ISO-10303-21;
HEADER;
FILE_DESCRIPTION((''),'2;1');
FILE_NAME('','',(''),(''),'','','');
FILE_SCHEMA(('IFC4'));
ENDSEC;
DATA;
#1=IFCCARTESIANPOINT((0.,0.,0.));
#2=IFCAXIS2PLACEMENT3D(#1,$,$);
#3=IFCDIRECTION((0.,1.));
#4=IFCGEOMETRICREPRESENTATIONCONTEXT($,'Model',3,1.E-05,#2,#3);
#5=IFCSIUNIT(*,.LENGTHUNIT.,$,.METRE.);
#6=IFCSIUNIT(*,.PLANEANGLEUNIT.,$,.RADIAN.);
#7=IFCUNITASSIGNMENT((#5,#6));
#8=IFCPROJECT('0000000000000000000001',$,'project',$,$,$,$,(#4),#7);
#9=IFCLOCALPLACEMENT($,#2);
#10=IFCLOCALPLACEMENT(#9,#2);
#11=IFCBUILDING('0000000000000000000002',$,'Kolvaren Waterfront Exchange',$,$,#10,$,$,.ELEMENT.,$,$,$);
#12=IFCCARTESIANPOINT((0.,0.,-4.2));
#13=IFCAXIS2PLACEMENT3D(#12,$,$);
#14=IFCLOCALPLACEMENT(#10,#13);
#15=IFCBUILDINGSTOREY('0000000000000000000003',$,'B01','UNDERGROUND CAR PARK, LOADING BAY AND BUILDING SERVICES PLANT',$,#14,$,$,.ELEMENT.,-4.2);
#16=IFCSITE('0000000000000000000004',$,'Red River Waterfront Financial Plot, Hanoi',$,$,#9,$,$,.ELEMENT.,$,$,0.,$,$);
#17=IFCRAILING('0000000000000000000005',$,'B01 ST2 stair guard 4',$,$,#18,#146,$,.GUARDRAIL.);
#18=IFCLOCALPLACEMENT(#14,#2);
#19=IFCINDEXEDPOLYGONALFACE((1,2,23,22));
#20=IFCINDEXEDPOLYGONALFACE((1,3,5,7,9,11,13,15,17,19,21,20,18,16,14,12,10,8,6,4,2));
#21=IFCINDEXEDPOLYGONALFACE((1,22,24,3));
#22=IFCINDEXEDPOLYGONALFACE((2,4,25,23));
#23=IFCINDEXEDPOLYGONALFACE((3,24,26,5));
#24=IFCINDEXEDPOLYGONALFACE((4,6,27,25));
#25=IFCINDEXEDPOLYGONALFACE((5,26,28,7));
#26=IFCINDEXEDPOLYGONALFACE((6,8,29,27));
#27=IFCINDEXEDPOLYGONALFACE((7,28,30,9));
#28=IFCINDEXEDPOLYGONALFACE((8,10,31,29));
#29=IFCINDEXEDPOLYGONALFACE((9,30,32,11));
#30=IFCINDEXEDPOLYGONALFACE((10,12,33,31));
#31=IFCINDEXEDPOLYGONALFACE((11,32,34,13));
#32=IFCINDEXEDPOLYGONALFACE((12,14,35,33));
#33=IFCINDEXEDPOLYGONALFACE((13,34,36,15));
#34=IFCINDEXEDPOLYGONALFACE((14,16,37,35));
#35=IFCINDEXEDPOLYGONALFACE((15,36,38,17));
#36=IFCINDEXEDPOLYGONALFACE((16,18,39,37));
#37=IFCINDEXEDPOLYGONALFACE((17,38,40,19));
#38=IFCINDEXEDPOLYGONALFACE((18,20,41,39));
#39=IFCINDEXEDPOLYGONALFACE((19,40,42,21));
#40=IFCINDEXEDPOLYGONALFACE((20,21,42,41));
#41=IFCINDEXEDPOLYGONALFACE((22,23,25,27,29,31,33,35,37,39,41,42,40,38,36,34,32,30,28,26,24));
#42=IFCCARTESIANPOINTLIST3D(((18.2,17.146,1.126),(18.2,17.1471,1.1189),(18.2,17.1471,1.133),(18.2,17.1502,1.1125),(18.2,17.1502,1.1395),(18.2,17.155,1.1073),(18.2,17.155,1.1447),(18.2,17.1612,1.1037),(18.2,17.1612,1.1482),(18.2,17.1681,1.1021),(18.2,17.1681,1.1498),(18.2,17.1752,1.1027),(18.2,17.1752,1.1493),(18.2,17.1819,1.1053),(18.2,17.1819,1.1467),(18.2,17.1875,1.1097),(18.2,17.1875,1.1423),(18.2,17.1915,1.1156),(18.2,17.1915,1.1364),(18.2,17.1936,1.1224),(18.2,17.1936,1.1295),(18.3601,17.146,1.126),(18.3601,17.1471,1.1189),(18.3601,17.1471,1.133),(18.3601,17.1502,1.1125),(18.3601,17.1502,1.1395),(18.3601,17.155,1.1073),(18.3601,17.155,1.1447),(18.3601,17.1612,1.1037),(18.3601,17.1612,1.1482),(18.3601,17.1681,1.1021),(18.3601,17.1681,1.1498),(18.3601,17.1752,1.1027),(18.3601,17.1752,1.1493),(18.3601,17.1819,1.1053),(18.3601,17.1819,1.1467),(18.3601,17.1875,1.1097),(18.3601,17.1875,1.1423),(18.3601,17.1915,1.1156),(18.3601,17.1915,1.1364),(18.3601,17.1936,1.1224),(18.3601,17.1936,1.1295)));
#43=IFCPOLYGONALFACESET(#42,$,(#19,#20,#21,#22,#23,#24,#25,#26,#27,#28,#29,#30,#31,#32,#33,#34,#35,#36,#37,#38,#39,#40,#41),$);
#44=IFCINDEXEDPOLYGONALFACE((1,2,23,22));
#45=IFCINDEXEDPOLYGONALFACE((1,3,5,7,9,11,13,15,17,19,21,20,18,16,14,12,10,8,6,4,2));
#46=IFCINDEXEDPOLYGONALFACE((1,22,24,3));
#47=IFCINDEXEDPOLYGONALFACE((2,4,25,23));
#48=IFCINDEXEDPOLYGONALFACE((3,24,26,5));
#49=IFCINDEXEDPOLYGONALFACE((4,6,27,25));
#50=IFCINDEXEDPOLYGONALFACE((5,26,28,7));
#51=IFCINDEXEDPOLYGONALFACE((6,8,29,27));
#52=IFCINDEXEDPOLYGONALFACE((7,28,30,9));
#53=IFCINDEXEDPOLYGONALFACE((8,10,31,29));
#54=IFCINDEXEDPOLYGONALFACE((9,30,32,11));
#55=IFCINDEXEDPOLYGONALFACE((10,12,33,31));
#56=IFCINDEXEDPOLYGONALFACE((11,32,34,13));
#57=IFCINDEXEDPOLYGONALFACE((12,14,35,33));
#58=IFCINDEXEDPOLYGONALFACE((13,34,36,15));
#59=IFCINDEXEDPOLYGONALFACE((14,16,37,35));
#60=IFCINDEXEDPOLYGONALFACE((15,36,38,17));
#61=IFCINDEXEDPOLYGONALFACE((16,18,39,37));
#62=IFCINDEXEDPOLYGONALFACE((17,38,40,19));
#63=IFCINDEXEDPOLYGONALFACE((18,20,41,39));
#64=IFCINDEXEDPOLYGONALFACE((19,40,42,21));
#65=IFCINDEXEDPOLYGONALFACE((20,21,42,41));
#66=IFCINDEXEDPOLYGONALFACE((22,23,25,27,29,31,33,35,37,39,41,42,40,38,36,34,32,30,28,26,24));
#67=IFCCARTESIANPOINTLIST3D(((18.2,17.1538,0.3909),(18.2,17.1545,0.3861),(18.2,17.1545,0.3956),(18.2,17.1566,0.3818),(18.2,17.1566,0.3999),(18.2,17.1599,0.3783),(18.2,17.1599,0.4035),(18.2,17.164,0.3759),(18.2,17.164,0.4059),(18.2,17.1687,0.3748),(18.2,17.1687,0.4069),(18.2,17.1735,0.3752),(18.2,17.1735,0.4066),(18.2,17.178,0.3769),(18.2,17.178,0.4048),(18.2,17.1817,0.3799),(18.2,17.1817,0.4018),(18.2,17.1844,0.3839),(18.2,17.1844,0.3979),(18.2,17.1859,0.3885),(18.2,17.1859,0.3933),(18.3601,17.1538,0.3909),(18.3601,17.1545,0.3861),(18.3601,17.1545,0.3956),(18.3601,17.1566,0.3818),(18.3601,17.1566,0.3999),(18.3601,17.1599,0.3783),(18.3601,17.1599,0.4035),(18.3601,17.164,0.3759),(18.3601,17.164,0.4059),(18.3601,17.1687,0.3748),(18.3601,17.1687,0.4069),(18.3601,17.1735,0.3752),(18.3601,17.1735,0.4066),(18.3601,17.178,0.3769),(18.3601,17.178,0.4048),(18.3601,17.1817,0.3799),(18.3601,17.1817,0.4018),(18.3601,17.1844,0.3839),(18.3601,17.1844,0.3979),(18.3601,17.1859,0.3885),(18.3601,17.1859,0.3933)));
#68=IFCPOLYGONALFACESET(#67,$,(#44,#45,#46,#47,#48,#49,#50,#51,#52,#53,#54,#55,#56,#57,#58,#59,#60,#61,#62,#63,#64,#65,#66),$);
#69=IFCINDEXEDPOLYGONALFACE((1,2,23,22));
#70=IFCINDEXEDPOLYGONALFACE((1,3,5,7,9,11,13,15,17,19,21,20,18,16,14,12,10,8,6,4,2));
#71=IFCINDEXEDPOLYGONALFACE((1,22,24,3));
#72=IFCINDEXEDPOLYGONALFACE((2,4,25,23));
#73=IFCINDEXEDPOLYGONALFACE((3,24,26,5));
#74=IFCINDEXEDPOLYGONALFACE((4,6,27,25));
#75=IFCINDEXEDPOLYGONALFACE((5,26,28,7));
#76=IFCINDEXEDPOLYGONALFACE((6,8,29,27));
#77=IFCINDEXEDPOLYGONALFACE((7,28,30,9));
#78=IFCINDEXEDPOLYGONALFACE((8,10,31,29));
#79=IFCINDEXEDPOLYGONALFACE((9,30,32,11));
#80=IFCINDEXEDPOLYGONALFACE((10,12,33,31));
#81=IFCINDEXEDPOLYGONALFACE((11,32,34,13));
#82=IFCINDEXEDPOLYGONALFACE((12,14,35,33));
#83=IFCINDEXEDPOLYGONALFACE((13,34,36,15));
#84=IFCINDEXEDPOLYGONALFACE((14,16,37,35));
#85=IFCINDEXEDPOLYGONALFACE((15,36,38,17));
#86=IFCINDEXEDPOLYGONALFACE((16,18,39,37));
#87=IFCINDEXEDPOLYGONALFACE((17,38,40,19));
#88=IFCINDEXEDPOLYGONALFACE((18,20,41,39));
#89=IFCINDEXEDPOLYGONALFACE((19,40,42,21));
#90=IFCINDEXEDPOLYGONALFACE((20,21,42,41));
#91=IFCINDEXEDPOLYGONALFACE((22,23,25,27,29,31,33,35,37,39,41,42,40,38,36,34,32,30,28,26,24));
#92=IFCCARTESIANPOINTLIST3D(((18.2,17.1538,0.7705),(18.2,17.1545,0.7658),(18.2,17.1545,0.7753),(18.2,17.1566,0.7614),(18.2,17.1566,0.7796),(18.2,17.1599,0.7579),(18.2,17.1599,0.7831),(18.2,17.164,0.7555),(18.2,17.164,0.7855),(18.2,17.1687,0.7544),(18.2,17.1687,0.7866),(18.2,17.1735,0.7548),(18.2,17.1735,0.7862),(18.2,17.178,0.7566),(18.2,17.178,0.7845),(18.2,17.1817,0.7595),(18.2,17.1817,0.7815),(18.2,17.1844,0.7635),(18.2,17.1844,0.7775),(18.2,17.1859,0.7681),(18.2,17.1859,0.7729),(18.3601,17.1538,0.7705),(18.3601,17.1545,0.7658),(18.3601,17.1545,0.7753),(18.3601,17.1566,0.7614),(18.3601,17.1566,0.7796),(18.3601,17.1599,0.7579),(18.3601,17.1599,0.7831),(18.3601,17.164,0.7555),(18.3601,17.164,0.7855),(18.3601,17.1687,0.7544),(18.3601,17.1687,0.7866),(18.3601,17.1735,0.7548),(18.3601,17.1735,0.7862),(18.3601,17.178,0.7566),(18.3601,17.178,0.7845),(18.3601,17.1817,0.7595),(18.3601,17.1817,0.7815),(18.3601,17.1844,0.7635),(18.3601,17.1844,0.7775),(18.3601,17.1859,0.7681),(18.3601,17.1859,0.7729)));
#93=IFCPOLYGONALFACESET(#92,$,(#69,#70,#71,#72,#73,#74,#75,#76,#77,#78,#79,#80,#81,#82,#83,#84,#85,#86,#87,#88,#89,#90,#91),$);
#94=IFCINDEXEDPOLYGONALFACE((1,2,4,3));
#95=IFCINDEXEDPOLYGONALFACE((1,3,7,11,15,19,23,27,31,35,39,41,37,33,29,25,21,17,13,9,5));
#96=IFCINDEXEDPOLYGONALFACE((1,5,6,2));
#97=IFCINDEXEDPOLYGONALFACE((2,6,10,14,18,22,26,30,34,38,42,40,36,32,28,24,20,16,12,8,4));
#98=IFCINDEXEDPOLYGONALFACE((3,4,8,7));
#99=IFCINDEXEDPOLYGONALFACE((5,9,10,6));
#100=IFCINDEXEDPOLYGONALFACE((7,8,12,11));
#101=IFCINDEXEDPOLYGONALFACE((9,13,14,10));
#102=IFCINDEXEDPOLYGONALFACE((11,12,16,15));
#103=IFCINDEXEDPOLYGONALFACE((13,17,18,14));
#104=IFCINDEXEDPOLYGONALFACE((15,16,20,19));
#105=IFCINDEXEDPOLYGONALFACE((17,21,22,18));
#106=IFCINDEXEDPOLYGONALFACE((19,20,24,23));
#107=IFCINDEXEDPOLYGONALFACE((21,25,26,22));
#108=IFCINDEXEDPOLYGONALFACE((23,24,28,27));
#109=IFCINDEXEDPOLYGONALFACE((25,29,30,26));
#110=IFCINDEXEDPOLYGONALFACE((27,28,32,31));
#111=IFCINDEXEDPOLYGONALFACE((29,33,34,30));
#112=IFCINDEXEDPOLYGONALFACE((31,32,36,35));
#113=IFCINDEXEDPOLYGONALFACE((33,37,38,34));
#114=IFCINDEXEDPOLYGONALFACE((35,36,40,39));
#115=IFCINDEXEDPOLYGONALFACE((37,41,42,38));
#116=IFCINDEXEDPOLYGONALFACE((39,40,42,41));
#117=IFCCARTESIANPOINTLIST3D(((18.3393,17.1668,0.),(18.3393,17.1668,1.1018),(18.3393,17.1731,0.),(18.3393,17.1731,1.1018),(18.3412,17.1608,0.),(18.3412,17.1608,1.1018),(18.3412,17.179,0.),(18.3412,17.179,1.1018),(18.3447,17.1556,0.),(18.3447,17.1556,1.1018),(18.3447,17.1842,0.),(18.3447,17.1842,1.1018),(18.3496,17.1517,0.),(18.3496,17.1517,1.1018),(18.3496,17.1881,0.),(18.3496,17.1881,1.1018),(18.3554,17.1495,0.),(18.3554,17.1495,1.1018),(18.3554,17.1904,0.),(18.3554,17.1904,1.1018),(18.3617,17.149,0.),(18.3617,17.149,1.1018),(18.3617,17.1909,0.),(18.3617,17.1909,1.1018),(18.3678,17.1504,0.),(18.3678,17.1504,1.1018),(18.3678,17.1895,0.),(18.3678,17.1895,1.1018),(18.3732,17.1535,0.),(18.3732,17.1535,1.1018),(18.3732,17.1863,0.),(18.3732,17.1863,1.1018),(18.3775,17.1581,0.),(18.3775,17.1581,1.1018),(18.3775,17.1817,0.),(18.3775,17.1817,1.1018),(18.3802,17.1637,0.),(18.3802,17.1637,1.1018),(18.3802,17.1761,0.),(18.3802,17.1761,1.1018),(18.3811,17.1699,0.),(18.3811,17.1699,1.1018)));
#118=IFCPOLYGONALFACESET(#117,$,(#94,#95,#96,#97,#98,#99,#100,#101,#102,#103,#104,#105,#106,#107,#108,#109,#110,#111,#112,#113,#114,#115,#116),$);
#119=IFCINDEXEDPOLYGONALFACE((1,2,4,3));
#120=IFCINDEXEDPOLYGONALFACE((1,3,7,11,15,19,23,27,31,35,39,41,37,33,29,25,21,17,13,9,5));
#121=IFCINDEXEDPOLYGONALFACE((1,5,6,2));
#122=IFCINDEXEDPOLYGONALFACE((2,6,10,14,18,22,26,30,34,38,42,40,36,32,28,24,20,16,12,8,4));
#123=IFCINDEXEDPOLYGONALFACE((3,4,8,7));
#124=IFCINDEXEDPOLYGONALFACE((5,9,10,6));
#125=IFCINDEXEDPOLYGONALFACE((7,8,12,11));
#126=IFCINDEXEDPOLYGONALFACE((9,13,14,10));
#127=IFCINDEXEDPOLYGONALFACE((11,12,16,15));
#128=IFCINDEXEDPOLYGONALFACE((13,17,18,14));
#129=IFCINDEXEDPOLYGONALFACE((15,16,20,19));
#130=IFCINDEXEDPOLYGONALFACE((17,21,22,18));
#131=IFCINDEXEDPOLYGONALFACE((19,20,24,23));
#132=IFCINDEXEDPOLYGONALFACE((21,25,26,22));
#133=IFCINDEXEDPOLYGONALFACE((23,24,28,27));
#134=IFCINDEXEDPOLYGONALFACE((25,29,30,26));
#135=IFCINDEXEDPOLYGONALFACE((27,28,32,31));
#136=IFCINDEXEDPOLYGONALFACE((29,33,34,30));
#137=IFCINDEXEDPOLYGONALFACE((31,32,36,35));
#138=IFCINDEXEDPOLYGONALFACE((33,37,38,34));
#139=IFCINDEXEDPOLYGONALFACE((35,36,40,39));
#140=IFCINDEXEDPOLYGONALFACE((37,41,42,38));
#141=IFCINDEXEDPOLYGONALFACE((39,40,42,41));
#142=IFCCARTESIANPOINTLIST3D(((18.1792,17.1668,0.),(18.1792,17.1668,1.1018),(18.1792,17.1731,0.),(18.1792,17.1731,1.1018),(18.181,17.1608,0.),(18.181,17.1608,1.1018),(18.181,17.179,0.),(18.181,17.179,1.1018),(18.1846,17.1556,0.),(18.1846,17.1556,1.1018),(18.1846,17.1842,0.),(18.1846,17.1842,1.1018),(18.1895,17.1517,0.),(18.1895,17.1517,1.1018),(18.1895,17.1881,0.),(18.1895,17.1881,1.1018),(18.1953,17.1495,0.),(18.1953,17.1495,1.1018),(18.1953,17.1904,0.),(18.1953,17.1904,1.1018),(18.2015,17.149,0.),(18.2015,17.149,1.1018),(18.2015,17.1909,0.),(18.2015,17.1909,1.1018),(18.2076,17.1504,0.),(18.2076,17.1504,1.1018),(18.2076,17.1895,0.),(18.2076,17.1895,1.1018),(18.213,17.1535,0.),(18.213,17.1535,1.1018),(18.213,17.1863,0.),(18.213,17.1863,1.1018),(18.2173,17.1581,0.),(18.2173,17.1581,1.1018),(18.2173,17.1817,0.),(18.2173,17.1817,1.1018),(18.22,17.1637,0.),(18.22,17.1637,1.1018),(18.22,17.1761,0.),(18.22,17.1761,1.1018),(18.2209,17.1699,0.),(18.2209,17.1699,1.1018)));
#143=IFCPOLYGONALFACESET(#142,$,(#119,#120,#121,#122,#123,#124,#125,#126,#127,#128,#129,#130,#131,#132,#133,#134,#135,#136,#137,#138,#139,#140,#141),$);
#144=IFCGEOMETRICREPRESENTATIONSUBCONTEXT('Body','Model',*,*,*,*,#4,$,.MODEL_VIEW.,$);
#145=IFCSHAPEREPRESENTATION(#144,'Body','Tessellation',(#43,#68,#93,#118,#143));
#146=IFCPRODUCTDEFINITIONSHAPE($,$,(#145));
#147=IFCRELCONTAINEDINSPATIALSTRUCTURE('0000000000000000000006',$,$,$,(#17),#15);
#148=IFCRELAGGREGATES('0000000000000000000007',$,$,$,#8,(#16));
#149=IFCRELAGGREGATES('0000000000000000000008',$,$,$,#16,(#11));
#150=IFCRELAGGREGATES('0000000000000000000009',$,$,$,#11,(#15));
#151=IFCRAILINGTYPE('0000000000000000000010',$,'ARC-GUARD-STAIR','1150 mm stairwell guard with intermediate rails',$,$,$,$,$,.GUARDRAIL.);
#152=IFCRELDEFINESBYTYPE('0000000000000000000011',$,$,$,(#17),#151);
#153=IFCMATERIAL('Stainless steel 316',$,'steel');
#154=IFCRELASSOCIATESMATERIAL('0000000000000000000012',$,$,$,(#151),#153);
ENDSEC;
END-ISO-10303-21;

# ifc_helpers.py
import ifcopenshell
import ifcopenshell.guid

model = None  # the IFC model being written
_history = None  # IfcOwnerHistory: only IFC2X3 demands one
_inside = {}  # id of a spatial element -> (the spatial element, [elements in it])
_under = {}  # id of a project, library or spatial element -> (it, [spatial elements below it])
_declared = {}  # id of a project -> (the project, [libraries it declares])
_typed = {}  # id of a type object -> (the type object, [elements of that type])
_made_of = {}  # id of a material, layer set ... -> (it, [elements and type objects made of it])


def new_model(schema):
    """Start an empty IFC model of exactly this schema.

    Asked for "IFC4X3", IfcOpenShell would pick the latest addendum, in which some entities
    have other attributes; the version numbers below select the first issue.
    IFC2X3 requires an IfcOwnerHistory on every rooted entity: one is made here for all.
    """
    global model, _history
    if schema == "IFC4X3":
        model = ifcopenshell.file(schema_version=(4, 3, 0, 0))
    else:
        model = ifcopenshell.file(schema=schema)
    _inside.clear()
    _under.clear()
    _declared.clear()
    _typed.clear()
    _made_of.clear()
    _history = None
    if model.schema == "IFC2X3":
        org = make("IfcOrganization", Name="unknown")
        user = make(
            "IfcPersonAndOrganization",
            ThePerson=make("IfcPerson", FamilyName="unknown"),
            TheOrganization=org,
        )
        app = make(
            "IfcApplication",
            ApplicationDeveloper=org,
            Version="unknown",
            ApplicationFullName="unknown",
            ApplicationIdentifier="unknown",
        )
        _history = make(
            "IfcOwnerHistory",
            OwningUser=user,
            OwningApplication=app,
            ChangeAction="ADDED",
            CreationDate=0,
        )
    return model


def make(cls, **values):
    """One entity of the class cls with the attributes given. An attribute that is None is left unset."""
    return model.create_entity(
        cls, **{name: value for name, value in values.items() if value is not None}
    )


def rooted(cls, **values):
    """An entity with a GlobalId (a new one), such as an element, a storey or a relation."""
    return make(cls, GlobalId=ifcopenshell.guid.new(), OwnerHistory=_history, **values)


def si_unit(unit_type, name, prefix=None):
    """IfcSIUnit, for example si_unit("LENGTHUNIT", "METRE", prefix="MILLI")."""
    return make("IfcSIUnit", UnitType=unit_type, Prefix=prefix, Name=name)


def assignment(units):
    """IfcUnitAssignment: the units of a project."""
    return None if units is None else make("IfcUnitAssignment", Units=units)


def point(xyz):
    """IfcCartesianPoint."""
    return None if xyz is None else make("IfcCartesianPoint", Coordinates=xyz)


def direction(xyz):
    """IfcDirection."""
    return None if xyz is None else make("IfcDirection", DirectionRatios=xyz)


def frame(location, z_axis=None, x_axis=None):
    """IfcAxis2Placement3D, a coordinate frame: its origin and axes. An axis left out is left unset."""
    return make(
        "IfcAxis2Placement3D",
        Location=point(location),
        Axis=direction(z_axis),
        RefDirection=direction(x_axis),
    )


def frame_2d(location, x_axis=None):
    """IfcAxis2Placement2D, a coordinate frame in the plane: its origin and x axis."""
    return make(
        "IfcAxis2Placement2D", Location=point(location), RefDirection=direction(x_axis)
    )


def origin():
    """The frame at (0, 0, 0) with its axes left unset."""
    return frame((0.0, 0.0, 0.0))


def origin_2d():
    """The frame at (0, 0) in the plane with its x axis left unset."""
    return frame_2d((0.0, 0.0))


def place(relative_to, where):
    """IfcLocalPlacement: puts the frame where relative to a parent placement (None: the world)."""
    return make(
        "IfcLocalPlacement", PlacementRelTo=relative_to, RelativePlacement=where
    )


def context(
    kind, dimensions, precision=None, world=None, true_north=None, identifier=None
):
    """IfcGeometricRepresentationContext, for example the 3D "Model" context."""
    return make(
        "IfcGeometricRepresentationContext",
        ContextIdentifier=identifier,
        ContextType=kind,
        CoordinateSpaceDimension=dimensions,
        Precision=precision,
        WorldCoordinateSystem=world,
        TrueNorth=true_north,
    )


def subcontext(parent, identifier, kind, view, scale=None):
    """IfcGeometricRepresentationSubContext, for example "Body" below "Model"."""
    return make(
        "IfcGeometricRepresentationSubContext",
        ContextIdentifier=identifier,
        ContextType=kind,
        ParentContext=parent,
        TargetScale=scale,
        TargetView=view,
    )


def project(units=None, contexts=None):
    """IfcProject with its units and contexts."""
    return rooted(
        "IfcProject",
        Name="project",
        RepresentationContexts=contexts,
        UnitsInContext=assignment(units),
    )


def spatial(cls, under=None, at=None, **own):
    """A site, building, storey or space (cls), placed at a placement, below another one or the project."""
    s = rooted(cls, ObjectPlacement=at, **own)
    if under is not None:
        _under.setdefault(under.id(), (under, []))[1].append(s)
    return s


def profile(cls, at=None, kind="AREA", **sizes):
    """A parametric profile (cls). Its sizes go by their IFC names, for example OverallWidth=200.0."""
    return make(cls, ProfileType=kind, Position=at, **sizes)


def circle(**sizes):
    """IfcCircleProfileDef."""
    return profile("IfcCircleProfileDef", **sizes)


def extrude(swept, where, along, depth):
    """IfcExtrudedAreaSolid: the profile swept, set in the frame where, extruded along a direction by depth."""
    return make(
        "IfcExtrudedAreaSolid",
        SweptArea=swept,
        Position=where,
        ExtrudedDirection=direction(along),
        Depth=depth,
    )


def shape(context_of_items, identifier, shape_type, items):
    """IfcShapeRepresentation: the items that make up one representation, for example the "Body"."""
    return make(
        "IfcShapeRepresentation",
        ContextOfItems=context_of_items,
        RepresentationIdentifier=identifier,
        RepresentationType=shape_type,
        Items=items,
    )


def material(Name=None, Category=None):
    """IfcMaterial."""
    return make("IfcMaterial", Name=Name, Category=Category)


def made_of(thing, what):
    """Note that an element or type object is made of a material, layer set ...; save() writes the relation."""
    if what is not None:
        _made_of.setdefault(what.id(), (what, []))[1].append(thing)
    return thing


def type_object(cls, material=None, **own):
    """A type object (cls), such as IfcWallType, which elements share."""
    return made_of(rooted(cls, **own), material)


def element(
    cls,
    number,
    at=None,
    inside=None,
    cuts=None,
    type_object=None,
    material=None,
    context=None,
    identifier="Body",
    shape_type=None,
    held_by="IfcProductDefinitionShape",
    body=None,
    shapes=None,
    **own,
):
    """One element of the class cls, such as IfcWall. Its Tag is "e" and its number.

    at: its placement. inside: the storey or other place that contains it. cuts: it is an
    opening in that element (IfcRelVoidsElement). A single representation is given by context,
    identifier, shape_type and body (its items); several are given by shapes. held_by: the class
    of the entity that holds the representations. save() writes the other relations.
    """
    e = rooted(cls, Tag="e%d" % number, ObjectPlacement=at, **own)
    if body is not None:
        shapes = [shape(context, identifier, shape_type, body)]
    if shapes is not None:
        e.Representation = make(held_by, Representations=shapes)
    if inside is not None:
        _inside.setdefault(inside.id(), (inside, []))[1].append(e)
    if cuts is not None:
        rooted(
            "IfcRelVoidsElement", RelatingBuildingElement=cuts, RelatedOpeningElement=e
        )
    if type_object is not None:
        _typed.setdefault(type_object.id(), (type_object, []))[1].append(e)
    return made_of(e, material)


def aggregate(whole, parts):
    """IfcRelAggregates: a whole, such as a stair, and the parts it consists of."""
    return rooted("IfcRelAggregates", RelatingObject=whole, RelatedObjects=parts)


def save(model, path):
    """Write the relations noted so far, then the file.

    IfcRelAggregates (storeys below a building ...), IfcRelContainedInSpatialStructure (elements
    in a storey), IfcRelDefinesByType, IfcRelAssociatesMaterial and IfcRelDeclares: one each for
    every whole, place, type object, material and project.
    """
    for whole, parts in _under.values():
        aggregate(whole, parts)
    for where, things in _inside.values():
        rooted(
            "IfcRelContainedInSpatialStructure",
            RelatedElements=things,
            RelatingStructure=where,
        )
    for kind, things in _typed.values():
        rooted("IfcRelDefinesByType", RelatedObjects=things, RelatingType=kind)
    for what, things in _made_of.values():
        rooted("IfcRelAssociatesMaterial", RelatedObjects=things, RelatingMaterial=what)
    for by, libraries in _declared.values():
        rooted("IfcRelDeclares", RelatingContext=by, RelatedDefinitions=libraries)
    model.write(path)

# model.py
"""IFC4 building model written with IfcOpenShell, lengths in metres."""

from ifc_helpers import new_model, si_unit, direction, frame, origin, origin_2d, place, context, subcontext, project, spatial, circle, extrude, material, type_object, element, save


model = new_model("IFC4")

# Units and contexts
model_context = context("Model", 3, precision=1e-05, world=origin(), true_north=direction((0.0, 1.0)))
body_context = subcontext(model_context, "Body", "Model", "MODEL_VIEW")
ifc_project = project(units=[si_unit("LENGTHUNIT", "METRE"), si_unit("PLANEANGLEUNIT", "RADIAN")], contexts=[model_context])

# Site, building, storey
site_placement = place(None, origin())
site = spatial("IfcSite", under=ifc_project, at=site_placement, Name="Red River Waterfront Financial Plot, Hanoi", CompositionType="ELEMENT", RefElevation=0.0)
building_placement = place(site_placement, origin())
building = spatial("IfcBuilding", under=site, at=building_placement, Name="Kolvaren Waterfront Exchange", CompositionType="ELEMENT")
storey_placement = place(building_placement, frame((0.0, 0.0, -4.2)))
storey = spatial("IfcBuildingStorey", under=building, at=storey_placement, Name="B01", Description="UNDERGROUND CAR PARK, LOADING BAY AND BUILDING SERVICES PLANT", CompositionType="ELEMENT", Elevation=-4.2)

# Railing
ifc_material_1 = material(Name="Stainless steel 316", Category="steel")
railing_type_1 = type_object("IfcRailingType", Name="ARC-GUARD-STAIR", Description="1150 mm stairwell guard with intermediate rails", PredefinedType="GUARDRAIL", material=ifc_material_1)
railing_1_placement = place(storey_placement, frame((18.3601, 17.1699, 0.0)))
element("IfcRailing", 1, at=railing_1_placement, inside=storey, type_object=railing_type_1, Name="B01 ST2 stair guard 4", PredefinedType="GUARDRAIL", context=body_context, shape_type="SweptSolid", body=[
    extrude(circle(Radius=0.0239, at=origin_2d()), frame((0.0, 0.0, 1.126), z_axis=(-1.0, 0.0, 0.0), x_axis=(0.0, -1.0, 0.0)), (0.0, 0.0, 1.0), 0.1602),
    extrude(circle(Radius=0.0161, at=origin_2d()), frame((0.0, 0.0, 0.3909), z_axis=(-1.0, 0.0, 0.0), x_axis=(0.0, -1.0, 0.0)), (0.0, 0.0, 1.0), 0.1602),
    extrude(circle(Radius=0.0161, at=origin_2d()), frame((0.0, 0.0, 0.7705), z_axis=(-1.0, 0.0, 0.0), x_axis=(0.0, -1.0, 0.0)), (0.0, 0.0, 1.0), 0.1602),
    extrude(circle(Radius=0.021, at=origin_2d()), origin(), (0.0, 0.0, 1.0), 1.1018),
    extrude(circle(Radius=0.021, at=origin_2d()), frame((-0.1602, 0.0, 0.0)), (0.0, 0.0, 1.0), 1.1018),
])

save(model, "model.ifc")
